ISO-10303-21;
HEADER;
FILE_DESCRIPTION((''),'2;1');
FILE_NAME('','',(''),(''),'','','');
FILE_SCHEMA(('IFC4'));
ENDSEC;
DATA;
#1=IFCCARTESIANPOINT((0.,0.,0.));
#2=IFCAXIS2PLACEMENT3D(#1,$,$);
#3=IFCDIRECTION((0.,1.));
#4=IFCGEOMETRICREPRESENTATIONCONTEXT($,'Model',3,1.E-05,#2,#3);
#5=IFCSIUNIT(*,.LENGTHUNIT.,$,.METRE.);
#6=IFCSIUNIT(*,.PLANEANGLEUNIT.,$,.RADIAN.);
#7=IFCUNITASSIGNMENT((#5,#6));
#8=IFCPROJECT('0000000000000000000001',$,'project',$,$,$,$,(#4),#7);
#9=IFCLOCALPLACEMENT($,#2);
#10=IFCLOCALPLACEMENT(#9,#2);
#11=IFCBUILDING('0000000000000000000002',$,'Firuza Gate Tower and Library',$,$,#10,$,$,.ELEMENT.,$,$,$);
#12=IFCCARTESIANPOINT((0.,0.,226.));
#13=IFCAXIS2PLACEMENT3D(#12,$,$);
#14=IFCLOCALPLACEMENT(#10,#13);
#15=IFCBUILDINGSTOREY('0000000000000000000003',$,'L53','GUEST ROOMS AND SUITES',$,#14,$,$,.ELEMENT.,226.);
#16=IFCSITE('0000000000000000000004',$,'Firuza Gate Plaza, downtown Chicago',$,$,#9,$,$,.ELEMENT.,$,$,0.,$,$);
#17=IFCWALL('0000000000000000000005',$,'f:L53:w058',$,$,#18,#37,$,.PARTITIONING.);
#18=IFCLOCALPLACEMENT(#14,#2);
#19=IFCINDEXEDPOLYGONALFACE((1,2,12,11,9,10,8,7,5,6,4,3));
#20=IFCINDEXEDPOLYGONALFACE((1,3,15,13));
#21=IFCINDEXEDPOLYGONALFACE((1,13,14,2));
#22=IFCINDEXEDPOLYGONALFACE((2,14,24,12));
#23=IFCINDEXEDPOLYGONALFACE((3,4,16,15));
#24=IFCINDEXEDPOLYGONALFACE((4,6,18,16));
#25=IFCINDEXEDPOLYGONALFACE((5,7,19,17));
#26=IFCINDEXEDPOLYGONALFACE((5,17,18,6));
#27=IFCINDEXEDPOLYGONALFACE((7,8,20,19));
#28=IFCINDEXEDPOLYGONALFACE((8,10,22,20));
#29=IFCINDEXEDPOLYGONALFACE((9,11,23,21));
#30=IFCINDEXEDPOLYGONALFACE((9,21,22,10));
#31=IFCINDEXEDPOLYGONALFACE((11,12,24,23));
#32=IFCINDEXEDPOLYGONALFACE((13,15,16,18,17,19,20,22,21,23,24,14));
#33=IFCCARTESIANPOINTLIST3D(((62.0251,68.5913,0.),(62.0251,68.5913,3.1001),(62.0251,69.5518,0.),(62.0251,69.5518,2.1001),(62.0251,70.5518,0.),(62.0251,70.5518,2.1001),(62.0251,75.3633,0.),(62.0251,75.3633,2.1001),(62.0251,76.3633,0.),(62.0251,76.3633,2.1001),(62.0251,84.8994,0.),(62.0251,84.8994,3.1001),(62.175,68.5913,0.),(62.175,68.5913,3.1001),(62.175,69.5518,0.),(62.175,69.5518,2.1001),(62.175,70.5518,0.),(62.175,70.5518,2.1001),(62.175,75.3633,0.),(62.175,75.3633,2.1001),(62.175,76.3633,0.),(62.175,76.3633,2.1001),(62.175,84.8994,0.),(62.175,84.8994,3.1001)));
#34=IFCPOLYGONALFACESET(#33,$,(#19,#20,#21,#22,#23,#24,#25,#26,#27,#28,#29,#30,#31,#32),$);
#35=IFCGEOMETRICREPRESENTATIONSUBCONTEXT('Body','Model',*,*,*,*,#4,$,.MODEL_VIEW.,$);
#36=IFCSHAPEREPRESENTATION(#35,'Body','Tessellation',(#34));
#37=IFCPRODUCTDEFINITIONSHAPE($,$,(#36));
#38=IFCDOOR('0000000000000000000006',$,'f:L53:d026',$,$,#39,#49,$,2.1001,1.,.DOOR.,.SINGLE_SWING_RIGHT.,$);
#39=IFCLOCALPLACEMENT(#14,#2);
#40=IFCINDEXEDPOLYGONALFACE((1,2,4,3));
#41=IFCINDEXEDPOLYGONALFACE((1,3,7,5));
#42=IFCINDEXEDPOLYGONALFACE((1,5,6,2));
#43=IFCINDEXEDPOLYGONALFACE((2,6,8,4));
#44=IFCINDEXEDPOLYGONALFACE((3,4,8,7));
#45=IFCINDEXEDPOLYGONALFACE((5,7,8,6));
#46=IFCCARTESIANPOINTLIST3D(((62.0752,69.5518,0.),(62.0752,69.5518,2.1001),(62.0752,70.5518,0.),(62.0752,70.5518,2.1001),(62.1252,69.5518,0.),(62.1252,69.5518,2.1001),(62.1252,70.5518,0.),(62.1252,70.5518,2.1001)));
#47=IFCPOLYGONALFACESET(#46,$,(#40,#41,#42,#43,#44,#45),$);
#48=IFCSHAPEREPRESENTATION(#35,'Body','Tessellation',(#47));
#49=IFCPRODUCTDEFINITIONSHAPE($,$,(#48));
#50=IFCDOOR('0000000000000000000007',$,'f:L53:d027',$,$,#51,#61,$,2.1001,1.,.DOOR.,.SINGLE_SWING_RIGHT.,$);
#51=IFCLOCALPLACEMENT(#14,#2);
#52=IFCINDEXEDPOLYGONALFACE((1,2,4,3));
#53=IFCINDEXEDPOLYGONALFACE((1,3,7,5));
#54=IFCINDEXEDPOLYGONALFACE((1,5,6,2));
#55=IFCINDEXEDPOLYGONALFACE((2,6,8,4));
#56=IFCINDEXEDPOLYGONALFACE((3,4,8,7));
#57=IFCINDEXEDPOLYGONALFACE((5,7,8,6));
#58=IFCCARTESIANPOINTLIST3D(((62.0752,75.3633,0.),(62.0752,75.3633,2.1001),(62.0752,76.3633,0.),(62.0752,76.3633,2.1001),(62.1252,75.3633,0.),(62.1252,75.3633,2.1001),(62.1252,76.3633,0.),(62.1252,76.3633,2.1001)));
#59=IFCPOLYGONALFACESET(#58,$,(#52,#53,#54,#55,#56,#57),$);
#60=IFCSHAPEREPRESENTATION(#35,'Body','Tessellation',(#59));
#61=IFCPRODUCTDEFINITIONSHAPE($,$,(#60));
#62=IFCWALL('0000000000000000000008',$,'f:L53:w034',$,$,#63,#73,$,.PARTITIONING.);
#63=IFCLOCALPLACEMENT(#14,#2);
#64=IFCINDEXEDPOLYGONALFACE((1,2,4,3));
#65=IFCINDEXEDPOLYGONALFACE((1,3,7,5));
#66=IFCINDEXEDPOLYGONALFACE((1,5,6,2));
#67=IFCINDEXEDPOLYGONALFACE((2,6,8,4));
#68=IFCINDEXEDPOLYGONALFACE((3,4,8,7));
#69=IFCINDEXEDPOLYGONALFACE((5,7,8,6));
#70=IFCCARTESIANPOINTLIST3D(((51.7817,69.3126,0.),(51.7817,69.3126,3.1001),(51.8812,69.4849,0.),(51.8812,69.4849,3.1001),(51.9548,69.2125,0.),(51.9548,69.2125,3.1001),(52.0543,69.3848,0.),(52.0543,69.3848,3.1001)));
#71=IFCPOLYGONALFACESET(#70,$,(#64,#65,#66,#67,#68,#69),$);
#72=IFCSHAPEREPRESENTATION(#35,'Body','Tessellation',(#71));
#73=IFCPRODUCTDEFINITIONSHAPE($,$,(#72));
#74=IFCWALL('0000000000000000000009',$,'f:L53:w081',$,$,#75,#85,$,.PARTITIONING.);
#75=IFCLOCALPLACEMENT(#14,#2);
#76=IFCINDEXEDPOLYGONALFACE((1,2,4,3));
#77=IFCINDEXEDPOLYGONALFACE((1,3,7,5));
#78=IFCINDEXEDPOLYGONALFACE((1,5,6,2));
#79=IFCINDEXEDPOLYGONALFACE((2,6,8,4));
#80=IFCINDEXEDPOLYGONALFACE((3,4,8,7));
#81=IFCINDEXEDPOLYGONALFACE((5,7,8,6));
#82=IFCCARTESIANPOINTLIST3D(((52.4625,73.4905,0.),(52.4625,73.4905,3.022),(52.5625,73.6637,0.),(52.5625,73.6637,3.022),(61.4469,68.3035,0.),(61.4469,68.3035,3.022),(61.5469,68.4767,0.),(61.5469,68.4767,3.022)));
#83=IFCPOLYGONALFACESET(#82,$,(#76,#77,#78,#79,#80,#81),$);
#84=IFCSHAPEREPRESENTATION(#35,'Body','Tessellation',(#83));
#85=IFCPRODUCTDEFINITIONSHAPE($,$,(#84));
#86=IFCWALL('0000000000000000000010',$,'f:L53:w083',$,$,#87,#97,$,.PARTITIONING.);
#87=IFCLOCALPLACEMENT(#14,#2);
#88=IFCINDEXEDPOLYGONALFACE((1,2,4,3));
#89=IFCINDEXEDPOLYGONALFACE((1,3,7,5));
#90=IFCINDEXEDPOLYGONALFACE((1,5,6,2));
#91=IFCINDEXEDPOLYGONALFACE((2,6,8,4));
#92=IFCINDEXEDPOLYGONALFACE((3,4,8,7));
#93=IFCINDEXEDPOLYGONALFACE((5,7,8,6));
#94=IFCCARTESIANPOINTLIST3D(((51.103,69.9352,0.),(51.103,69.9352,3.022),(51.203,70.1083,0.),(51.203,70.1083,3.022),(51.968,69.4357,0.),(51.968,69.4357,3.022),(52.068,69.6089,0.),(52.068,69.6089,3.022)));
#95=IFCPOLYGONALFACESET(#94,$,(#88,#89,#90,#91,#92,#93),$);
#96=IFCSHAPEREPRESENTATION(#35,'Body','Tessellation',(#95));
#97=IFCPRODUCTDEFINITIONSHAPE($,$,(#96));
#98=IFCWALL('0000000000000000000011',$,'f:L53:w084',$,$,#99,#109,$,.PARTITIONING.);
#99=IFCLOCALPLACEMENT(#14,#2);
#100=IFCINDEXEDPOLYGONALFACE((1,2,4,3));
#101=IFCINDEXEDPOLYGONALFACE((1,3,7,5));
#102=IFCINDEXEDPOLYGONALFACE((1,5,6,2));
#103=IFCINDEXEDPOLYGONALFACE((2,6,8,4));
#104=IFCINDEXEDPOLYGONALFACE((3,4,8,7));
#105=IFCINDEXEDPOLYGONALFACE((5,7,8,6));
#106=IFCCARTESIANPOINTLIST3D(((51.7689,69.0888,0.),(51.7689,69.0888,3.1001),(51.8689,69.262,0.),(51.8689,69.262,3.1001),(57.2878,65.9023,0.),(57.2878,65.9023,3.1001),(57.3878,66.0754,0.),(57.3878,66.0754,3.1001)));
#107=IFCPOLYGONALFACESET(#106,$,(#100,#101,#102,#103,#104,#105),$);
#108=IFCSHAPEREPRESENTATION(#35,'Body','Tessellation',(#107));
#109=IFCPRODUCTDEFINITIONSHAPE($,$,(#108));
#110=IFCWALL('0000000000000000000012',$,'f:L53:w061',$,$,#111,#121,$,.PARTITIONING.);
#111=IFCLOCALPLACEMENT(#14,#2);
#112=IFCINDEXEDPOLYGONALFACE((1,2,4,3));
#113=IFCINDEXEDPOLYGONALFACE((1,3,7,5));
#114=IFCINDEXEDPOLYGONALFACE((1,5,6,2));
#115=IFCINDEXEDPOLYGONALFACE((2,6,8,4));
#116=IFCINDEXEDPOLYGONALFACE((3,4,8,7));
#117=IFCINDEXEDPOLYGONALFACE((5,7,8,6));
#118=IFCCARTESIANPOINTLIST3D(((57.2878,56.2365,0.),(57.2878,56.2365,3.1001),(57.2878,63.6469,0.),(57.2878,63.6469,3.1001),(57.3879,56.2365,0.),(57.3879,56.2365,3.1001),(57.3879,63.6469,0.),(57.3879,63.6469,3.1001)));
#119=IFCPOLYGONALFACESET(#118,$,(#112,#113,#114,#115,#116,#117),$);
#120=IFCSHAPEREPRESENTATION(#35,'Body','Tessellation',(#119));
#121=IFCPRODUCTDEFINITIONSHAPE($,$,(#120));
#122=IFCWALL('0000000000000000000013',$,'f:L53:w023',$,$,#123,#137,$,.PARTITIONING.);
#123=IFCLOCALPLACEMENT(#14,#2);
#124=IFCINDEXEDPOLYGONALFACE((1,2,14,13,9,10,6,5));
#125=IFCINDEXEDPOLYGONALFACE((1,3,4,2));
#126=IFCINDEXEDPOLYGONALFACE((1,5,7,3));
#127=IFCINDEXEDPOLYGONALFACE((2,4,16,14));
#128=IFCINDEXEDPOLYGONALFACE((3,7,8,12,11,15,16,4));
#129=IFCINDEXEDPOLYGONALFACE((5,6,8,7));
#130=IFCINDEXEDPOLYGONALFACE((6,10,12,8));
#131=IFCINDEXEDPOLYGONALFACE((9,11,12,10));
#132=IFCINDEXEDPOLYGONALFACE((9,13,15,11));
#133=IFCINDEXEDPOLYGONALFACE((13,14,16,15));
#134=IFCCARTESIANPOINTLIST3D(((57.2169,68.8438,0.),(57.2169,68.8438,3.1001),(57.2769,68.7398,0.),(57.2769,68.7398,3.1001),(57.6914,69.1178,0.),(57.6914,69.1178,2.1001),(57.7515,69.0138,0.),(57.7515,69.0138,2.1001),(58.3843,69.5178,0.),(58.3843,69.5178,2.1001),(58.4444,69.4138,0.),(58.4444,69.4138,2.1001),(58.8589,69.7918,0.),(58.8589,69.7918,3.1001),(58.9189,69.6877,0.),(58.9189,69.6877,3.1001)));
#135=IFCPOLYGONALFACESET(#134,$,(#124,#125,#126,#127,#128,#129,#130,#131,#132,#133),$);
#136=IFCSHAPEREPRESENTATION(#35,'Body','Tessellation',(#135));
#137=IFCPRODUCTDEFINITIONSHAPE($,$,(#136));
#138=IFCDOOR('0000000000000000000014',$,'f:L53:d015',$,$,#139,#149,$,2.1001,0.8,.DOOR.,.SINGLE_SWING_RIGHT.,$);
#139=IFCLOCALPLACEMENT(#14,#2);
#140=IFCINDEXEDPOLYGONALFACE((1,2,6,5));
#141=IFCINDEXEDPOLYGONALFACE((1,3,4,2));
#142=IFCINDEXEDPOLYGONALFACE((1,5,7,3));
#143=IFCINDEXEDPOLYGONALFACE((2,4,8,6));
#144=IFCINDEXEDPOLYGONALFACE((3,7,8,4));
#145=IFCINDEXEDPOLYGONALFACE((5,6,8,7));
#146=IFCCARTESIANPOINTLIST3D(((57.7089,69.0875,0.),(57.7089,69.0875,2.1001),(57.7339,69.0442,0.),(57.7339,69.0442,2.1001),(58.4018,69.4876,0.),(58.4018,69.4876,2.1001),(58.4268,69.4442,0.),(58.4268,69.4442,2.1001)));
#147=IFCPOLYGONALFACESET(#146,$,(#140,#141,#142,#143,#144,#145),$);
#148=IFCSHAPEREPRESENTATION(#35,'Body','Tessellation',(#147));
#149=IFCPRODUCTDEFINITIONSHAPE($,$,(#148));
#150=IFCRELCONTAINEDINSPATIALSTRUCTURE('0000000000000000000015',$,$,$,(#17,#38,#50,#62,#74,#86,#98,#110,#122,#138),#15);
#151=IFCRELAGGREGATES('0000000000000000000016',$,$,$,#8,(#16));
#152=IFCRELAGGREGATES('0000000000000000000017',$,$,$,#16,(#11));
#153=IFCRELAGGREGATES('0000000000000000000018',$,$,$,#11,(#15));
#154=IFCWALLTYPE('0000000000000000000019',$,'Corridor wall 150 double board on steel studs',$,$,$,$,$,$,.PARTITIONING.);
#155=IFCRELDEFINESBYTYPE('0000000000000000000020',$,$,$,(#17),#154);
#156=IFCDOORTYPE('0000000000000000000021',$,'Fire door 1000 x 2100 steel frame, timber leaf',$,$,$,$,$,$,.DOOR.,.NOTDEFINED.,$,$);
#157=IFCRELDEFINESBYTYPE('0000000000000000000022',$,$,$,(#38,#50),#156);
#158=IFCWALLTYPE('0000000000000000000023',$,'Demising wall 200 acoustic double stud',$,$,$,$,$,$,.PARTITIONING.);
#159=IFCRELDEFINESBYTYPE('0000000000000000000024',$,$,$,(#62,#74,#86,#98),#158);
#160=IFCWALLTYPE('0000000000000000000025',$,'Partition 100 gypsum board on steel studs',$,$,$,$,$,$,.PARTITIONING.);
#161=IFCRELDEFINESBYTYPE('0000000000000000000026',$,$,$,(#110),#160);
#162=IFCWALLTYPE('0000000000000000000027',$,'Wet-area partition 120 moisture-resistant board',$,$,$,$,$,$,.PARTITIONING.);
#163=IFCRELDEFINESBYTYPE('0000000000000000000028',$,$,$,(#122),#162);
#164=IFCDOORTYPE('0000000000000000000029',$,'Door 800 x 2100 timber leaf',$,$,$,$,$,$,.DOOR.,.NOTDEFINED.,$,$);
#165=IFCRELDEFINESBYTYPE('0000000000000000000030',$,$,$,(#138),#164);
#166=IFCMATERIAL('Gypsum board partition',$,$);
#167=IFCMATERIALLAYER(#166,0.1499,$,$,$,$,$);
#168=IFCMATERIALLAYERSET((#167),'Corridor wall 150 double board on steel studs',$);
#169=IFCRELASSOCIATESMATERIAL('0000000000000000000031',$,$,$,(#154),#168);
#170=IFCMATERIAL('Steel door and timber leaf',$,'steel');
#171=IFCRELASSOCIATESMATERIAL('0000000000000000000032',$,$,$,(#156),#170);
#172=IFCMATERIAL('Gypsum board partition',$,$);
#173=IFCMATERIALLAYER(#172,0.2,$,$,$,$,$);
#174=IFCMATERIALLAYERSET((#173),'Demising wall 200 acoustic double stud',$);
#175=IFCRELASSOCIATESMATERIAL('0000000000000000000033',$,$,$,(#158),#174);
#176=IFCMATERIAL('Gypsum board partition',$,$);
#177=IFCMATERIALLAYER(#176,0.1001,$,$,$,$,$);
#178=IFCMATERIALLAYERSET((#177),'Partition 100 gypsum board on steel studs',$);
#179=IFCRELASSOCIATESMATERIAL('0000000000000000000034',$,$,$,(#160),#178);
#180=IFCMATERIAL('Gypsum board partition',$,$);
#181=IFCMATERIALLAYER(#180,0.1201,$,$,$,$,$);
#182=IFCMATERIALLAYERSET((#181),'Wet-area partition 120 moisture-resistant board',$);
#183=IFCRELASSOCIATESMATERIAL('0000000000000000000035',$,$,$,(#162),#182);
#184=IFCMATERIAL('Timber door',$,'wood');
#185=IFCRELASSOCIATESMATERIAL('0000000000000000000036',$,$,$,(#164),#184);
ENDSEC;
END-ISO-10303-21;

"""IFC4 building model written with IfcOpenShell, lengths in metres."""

from ifc_helpers import new_model, si_unit, direction, frame, frame_2d, origin, place, context, subcontext, project, spatial, rectangle, extrude, material, layer, layer_set, type_object, element, fill, save


model = new_model("IFC4")

# Units and contexts
model_context = context("Model", 3, precision=1e-05, world=origin(), true_north=direction((0.0, 1.0)))
body_context = subcontext(model_context, "Body", "Model", "MODEL_VIEW")
ifc_project = project(units=[si_unit("LENGTHUNIT", "METRE"), si_unit("PLANEANGLEUNIT", "RADIAN")], contexts=[model_context])

# Site, building, storey
site_placement = place(None, origin())
site = spatial("IfcSite", under=ifc_project, at=site_placement, Name="Firuza Gate Plaza, downtown Chicago", CompositionType="ELEMENT", RefElevation=0.0)
building_placement = place(site_placement, origin())
building = spatial("IfcBuilding", under=site, at=building_placement, Name="Firuza Gate Tower and Library", CompositionType="ELEMENT")
storey_placement = place(building_placement, frame((0.0, 0.0, 226.0)))
storey = spatial("IfcBuildingStorey", under=building, at=storey_placement, Name="L53", Description="GUEST ROOMS AND SUITES", CompositionType="ELEMENT", Elevation=226.0)

# Shared definitions
ifc_material_1 = material(Name="Gypsum board partition")
ifc_layer_1 = layer(ifc_material_1, 0.1499)
ifc_layer_set_1 = layer_set([ifc_layer_1], Name="Corridor wall 150 double board on steel studs")
wall_type_1 = type_object("IfcWallType", Name="Corridor wall 150 double board on steel studs", PredefinedType="PARTITIONING", material=ifc_layer_set_1)
ifc_material_2 = material(Name="Steel door and timber leaf", Category="steel")
door_type_1 = type_object("IfcDoorType", Name="Fire door 1000 x 2100 steel frame, timber leaf", OperationType="NOTDEFINED", PredefinedType="DOOR", material=ifc_material_2)

# Wall, openings, doors
wall_1_placement = place(storey_placement, frame((62.1001, 68.5913, 0.0), z_axis=(0.0, 0.0, 1.0), x_axis=(0.0, 1.0, 0.0)))
wall_1 = element("IfcWall", 1, at=wall_1_placement, inside=storey, type_object=wall_type_1, Name="f:L53:w058", PredefinedType="PARTITIONING", context=body_context, shape_type="SweptSolid", body=[
    extrude(rectangle(XDim=16.3081, YDim=0.1499, at=frame_2d((8.1541, 0.0))), origin(), (0.0, 0.0, 1.0), 3.1001),
])
opening_1_placement = place(wall_1_placement, frame((0.9604, 0.0, 0.0)))
opening_1 = element("IfcOpeningElement", 2, at=opening_1_placement, cuts=wall_1, PredefinedType="OPENING", context=body_context, shape_type="SweptSolid", body=[
    extrude(rectangle(XDim=1.0, YDim=2.1001, at=frame_2d((0.5, 1.05))), frame((0.0, 0.085, 0.0), z_axis=(0.0, -1.0, 0.0), x_axis=(1.0, 0.0, 0.0)), (0.0, 0.0, 1.0), 0.1699),
])
opening_2_placement = place(wall_1_placement, frame((6.772, 0.0, 0.0)))
opening_2 = element("IfcOpeningElement", 3, at=opening_2_placement, cuts=wall_1, PredefinedType="OPENING", context=body_context, shape_type="SweptSolid", body=[
    extrude(rectangle(XDim=1.0, YDim=2.1001, at=frame_2d((0.5, 1.05))), frame((0.0, 0.085, 0.0), z_axis=(0.0, -1.0, 0.0), x_axis=(1.0, 0.0, 0.0)), (0.0, 0.0, 1.0), 0.1699),
])
door_1_placement = place(opening_1_placement, origin())
door_1 = element("IfcDoor", 4, at=door_1_placement, inside=storey, type_object=door_type_1, Name="f:L53:d026", OperationType="SINGLE_SWING_RIGHT", OverallHeight=2.1001, OverallWidth=1.0, PredefinedType="DOOR", context=body_context, shape_type="SweptSolid", body=[
    extrude(rectangle(XDim=1.0, YDim=2.1001, at=frame_2d((0.5, 1.05))), frame((0.0, 0.0249, 0.0), z_axis=(0.0, -1.0, 0.0), x_axis=(1.0, 0.0, 0.0)), (0.0, 0.0, 1.0), 0.05),
])
fill(opening_1, door_1)
door_2_placement = place(opening_2_placement, origin())
door_2 = element("IfcDoor", 5, at=door_2_placement, inside=storey, type_object=door_type_1, Name="f:L53:d027", OperationType="SINGLE_SWING_RIGHT", OverallHeight=2.1001, OverallWidth=1.0, PredefinedType="DOOR", context=body_context, shape_type="SweptSolid", body=[
    extrude(rectangle(XDim=1.0, YDim=2.1001, at=frame_2d((0.5, 1.05))), frame((0.0, 0.0249, 0.0), z_axis=(0.0, -1.0, 0.0), x_axis=(1.0, 0.0, 0.0)), (0.0, 0.0, 1.0), 0.05),
])
fill(opening_2, door_2)

# Walls
ifc_material_3 = material(Name="Gypsum board partition")
ifc_layer_2 = layer(ifc_material_3, 0.2)
ifc_layer_set_2 = layer_set([ifc_layer_2], Name="Demising wall 200 acoustic double stud")
wall_type_2 = type_object("IfcWallType", Name="Demising wall 200 acoustic double stud", PredefinedType="PARTITIONING", material=ifc_layer_set_2)
wall_2_placement = place(storey_placement, frame((51.8682, 69.2625, 0.0), z_axis=(0.0, 0.0, 1.0), x_axis=(0.500359, 0.865818, 0.0)))
element("IfcWall", 6, at=wall_2_placement, inside=storey, type_object=wall_type_2, Name="f:L53:w034", PredefinedType="PARTITIONING", context=body_context, shape_type="SweptSolid", body=[
    extrude(rectangle(XDim=0.199, YDim=0.2, at=frame_2d((0.0996, 0.0))), origin(), (0.0, 0.0, 1.0), 3.1001),
])
wall_3_placement = place(storey_placement, frame((61.4968, 68.3901, 0.0), z_axis=(0.0, 0.0, 1.0), x_axis=(-0.86603, 0.499991, 0.0)))
element("IfcWall", 7, at=wall_3_placement, inside=storey, type_object=wall_type_2, Name="f:L53:w081", PredefinedType="PARTITIONING", context=body_context, shape_type="SweptSolid", body=[
    extrude(rectangle(XDim=10.3743, YDim=0.2, at=frame_2d((5.187, 0.0))), origin(), (0.0, 0.0, 1.0), 3.022),
])
wall_4_placement = place(storey_placement, frame((52.0181, 69.5222, 0.0), z_axis=(0.0, 0.0, 1.0), x_axis=(-0.865978, 0.500082, 0.0)))
element("IfcWall", 8, at=wall_4_placement, inside=storey, type_object=wall_type_2, Name="f:L53:w083", PredefinedType="PARTITIONING", context=body_context, shape_type="SweptSolid", body=[
    extrude(rectangle(XDim=0.9988, YDim=0.2, at=frame_2d((0.4995, 0.0))), origin(), (0.0, 0.0, 1.0), 3.022),
])
wall_5_placement = place(storey_placement, frame((57.3379, 65.9888, 0.0), z_axis=(0.0, 0.0, 1.0), x_axis=(-0.866009, 0.500029, 0.0)))
element("IfcWall", 9, at=wall_5_placement, inside=storey, type_object=wall_type_2, Name="f:L53:w084", PredefinedType="PARTITIONING", context=body_context, shape_type="SweptSolid", body=[
    extrude(rectangle(XDim=6.3728, YDim=0.2, at=frame_2d((3.1865, 0.0))), origin(), (0.0, 0.0, 1.0), 3.1001),
])
ifc_material_4 = material(Name="Gypsum board partition")
ifc_layer_3 = layer(ifc_material_4, 0.1001)
ifc_layer_set_3 = layer_set([ifc_layer_3], Name="Partition 100 gypsum board on steel studs")
wall_type_3 = type_object("IfcWallType", Name="Partition 100 gypsum board on steel studs", PredefinedType="PARTITIONING", material=ifc_layer_set_3)
wall_6_placement = place(storey_placement, frame((57.3379, 56.2366, 0.0), z_axis=(0.0, 0.0, 1.0), x_axis=(0.0, 1.0, 0.0)))
element("IfcWall", 10, at=wall_6_placement, inside=storey, type_object=wall_type_3, Name="f:L53:w061", PredefinedType="PARTITIONING", context=body_context, shape_type="SweptSolid", body=[
    extrude(rectangle(XDim=7.4104, YDim=0.1001, at=frame_2d((3.7051, 0.0))), origin(), (0.0, 0.0, 1.0), 3.1001),
])

# Wall, opening, door
ifc_material_5 = material(Name="Gypsum board partition")
ifc_layer_4 = layer(ifc_material_5, 0.1201)
ifc_layer_set_4 = layer_set([ifc_layer_4], Name="Wet-area partition 120 moisture-resistant board")
wall_type_4 = type_object("IfcWallType", Name="Wet-area partition 120 moisture-resistant board", PredefinedType="PARTITIONING", material=ifc_layer_set_4)
wall_7_placement = place(storey_placement, frame((58.8889, 69.7397, 0.0), z_axis=(0.0, 0.0, 1.0), x_axis=(-0.86604, -0.499975, 0.0)))
wall_7 = element("IfcWall", 11, at=wall_7_placement, inside=storey, type_object=wall_type_4, Name="f:L53:w023", PredefinedType="PARTITIONING", context=body_context, shape_type="SweptSolid", body=[
    extrude(rectangle(XDim=1.896, YDim=0.1201, at=frame_2d((0.948, 0.0))), origin(), (0.0, 0.0, 1.0), 3.1001),
])
opening_3_placement = place(wall_7_placement, frame((0.5481, 0.0, 0.0)))
opening_3 = element("IfcOpeningElement", 12, at=opening_3_placement, cuts=wall_7, PredefinedType="OPENING", context=body_context, shape_type="SweptSolid", body=[
    extrude(rectangle(XDim=0.8, YDim=2.1001, at=frame_2d((0.3999, 1.05))), frame((0.0, 0.0701, 0.0), z_axis=(0.0, -1.0, 0.0), x_axis=(1.0, 0.0, 0.0)), (0.0, 0.0, 1.0), 0.1401),
])
ifc_material_6 = material(Name="Timber door", Category="wood")
door_type_2 = type_object("IfcDoorType", Name="Door 800 x 2100 timber leaf", OperationType="NOTDEFINED", PredefinedType="DOOR", material=ifc_material_6)
door_3_placement = place(opening_3_placement, origin())
door_3 = element("IfcDoor", 13, at=door_3_placement, inside=storey, type_object=door_type_2, Name="f:L53:d015", OperationType="SINGLE_SWING_RIGHT", OverallHeight=2.1001, OverallWidth=0.8, PredefinedType="DOOR", context=body_context, shape_type="SweptSolid", body=[
    extrude(rectangle(XDim=0.8, YDim=2.1001, at=frame_2d((0.3999, 1.05))), frame((0.0, 0.0249, 0.0), z_axis=(0.0, -1.0, 0.0), x_axis=(1.0, 0.0, 0.0)), (0.0, 0.0, 1.0), 0.05),
])
fill(opening_3, door_3)

save(model, "model.ifc")
